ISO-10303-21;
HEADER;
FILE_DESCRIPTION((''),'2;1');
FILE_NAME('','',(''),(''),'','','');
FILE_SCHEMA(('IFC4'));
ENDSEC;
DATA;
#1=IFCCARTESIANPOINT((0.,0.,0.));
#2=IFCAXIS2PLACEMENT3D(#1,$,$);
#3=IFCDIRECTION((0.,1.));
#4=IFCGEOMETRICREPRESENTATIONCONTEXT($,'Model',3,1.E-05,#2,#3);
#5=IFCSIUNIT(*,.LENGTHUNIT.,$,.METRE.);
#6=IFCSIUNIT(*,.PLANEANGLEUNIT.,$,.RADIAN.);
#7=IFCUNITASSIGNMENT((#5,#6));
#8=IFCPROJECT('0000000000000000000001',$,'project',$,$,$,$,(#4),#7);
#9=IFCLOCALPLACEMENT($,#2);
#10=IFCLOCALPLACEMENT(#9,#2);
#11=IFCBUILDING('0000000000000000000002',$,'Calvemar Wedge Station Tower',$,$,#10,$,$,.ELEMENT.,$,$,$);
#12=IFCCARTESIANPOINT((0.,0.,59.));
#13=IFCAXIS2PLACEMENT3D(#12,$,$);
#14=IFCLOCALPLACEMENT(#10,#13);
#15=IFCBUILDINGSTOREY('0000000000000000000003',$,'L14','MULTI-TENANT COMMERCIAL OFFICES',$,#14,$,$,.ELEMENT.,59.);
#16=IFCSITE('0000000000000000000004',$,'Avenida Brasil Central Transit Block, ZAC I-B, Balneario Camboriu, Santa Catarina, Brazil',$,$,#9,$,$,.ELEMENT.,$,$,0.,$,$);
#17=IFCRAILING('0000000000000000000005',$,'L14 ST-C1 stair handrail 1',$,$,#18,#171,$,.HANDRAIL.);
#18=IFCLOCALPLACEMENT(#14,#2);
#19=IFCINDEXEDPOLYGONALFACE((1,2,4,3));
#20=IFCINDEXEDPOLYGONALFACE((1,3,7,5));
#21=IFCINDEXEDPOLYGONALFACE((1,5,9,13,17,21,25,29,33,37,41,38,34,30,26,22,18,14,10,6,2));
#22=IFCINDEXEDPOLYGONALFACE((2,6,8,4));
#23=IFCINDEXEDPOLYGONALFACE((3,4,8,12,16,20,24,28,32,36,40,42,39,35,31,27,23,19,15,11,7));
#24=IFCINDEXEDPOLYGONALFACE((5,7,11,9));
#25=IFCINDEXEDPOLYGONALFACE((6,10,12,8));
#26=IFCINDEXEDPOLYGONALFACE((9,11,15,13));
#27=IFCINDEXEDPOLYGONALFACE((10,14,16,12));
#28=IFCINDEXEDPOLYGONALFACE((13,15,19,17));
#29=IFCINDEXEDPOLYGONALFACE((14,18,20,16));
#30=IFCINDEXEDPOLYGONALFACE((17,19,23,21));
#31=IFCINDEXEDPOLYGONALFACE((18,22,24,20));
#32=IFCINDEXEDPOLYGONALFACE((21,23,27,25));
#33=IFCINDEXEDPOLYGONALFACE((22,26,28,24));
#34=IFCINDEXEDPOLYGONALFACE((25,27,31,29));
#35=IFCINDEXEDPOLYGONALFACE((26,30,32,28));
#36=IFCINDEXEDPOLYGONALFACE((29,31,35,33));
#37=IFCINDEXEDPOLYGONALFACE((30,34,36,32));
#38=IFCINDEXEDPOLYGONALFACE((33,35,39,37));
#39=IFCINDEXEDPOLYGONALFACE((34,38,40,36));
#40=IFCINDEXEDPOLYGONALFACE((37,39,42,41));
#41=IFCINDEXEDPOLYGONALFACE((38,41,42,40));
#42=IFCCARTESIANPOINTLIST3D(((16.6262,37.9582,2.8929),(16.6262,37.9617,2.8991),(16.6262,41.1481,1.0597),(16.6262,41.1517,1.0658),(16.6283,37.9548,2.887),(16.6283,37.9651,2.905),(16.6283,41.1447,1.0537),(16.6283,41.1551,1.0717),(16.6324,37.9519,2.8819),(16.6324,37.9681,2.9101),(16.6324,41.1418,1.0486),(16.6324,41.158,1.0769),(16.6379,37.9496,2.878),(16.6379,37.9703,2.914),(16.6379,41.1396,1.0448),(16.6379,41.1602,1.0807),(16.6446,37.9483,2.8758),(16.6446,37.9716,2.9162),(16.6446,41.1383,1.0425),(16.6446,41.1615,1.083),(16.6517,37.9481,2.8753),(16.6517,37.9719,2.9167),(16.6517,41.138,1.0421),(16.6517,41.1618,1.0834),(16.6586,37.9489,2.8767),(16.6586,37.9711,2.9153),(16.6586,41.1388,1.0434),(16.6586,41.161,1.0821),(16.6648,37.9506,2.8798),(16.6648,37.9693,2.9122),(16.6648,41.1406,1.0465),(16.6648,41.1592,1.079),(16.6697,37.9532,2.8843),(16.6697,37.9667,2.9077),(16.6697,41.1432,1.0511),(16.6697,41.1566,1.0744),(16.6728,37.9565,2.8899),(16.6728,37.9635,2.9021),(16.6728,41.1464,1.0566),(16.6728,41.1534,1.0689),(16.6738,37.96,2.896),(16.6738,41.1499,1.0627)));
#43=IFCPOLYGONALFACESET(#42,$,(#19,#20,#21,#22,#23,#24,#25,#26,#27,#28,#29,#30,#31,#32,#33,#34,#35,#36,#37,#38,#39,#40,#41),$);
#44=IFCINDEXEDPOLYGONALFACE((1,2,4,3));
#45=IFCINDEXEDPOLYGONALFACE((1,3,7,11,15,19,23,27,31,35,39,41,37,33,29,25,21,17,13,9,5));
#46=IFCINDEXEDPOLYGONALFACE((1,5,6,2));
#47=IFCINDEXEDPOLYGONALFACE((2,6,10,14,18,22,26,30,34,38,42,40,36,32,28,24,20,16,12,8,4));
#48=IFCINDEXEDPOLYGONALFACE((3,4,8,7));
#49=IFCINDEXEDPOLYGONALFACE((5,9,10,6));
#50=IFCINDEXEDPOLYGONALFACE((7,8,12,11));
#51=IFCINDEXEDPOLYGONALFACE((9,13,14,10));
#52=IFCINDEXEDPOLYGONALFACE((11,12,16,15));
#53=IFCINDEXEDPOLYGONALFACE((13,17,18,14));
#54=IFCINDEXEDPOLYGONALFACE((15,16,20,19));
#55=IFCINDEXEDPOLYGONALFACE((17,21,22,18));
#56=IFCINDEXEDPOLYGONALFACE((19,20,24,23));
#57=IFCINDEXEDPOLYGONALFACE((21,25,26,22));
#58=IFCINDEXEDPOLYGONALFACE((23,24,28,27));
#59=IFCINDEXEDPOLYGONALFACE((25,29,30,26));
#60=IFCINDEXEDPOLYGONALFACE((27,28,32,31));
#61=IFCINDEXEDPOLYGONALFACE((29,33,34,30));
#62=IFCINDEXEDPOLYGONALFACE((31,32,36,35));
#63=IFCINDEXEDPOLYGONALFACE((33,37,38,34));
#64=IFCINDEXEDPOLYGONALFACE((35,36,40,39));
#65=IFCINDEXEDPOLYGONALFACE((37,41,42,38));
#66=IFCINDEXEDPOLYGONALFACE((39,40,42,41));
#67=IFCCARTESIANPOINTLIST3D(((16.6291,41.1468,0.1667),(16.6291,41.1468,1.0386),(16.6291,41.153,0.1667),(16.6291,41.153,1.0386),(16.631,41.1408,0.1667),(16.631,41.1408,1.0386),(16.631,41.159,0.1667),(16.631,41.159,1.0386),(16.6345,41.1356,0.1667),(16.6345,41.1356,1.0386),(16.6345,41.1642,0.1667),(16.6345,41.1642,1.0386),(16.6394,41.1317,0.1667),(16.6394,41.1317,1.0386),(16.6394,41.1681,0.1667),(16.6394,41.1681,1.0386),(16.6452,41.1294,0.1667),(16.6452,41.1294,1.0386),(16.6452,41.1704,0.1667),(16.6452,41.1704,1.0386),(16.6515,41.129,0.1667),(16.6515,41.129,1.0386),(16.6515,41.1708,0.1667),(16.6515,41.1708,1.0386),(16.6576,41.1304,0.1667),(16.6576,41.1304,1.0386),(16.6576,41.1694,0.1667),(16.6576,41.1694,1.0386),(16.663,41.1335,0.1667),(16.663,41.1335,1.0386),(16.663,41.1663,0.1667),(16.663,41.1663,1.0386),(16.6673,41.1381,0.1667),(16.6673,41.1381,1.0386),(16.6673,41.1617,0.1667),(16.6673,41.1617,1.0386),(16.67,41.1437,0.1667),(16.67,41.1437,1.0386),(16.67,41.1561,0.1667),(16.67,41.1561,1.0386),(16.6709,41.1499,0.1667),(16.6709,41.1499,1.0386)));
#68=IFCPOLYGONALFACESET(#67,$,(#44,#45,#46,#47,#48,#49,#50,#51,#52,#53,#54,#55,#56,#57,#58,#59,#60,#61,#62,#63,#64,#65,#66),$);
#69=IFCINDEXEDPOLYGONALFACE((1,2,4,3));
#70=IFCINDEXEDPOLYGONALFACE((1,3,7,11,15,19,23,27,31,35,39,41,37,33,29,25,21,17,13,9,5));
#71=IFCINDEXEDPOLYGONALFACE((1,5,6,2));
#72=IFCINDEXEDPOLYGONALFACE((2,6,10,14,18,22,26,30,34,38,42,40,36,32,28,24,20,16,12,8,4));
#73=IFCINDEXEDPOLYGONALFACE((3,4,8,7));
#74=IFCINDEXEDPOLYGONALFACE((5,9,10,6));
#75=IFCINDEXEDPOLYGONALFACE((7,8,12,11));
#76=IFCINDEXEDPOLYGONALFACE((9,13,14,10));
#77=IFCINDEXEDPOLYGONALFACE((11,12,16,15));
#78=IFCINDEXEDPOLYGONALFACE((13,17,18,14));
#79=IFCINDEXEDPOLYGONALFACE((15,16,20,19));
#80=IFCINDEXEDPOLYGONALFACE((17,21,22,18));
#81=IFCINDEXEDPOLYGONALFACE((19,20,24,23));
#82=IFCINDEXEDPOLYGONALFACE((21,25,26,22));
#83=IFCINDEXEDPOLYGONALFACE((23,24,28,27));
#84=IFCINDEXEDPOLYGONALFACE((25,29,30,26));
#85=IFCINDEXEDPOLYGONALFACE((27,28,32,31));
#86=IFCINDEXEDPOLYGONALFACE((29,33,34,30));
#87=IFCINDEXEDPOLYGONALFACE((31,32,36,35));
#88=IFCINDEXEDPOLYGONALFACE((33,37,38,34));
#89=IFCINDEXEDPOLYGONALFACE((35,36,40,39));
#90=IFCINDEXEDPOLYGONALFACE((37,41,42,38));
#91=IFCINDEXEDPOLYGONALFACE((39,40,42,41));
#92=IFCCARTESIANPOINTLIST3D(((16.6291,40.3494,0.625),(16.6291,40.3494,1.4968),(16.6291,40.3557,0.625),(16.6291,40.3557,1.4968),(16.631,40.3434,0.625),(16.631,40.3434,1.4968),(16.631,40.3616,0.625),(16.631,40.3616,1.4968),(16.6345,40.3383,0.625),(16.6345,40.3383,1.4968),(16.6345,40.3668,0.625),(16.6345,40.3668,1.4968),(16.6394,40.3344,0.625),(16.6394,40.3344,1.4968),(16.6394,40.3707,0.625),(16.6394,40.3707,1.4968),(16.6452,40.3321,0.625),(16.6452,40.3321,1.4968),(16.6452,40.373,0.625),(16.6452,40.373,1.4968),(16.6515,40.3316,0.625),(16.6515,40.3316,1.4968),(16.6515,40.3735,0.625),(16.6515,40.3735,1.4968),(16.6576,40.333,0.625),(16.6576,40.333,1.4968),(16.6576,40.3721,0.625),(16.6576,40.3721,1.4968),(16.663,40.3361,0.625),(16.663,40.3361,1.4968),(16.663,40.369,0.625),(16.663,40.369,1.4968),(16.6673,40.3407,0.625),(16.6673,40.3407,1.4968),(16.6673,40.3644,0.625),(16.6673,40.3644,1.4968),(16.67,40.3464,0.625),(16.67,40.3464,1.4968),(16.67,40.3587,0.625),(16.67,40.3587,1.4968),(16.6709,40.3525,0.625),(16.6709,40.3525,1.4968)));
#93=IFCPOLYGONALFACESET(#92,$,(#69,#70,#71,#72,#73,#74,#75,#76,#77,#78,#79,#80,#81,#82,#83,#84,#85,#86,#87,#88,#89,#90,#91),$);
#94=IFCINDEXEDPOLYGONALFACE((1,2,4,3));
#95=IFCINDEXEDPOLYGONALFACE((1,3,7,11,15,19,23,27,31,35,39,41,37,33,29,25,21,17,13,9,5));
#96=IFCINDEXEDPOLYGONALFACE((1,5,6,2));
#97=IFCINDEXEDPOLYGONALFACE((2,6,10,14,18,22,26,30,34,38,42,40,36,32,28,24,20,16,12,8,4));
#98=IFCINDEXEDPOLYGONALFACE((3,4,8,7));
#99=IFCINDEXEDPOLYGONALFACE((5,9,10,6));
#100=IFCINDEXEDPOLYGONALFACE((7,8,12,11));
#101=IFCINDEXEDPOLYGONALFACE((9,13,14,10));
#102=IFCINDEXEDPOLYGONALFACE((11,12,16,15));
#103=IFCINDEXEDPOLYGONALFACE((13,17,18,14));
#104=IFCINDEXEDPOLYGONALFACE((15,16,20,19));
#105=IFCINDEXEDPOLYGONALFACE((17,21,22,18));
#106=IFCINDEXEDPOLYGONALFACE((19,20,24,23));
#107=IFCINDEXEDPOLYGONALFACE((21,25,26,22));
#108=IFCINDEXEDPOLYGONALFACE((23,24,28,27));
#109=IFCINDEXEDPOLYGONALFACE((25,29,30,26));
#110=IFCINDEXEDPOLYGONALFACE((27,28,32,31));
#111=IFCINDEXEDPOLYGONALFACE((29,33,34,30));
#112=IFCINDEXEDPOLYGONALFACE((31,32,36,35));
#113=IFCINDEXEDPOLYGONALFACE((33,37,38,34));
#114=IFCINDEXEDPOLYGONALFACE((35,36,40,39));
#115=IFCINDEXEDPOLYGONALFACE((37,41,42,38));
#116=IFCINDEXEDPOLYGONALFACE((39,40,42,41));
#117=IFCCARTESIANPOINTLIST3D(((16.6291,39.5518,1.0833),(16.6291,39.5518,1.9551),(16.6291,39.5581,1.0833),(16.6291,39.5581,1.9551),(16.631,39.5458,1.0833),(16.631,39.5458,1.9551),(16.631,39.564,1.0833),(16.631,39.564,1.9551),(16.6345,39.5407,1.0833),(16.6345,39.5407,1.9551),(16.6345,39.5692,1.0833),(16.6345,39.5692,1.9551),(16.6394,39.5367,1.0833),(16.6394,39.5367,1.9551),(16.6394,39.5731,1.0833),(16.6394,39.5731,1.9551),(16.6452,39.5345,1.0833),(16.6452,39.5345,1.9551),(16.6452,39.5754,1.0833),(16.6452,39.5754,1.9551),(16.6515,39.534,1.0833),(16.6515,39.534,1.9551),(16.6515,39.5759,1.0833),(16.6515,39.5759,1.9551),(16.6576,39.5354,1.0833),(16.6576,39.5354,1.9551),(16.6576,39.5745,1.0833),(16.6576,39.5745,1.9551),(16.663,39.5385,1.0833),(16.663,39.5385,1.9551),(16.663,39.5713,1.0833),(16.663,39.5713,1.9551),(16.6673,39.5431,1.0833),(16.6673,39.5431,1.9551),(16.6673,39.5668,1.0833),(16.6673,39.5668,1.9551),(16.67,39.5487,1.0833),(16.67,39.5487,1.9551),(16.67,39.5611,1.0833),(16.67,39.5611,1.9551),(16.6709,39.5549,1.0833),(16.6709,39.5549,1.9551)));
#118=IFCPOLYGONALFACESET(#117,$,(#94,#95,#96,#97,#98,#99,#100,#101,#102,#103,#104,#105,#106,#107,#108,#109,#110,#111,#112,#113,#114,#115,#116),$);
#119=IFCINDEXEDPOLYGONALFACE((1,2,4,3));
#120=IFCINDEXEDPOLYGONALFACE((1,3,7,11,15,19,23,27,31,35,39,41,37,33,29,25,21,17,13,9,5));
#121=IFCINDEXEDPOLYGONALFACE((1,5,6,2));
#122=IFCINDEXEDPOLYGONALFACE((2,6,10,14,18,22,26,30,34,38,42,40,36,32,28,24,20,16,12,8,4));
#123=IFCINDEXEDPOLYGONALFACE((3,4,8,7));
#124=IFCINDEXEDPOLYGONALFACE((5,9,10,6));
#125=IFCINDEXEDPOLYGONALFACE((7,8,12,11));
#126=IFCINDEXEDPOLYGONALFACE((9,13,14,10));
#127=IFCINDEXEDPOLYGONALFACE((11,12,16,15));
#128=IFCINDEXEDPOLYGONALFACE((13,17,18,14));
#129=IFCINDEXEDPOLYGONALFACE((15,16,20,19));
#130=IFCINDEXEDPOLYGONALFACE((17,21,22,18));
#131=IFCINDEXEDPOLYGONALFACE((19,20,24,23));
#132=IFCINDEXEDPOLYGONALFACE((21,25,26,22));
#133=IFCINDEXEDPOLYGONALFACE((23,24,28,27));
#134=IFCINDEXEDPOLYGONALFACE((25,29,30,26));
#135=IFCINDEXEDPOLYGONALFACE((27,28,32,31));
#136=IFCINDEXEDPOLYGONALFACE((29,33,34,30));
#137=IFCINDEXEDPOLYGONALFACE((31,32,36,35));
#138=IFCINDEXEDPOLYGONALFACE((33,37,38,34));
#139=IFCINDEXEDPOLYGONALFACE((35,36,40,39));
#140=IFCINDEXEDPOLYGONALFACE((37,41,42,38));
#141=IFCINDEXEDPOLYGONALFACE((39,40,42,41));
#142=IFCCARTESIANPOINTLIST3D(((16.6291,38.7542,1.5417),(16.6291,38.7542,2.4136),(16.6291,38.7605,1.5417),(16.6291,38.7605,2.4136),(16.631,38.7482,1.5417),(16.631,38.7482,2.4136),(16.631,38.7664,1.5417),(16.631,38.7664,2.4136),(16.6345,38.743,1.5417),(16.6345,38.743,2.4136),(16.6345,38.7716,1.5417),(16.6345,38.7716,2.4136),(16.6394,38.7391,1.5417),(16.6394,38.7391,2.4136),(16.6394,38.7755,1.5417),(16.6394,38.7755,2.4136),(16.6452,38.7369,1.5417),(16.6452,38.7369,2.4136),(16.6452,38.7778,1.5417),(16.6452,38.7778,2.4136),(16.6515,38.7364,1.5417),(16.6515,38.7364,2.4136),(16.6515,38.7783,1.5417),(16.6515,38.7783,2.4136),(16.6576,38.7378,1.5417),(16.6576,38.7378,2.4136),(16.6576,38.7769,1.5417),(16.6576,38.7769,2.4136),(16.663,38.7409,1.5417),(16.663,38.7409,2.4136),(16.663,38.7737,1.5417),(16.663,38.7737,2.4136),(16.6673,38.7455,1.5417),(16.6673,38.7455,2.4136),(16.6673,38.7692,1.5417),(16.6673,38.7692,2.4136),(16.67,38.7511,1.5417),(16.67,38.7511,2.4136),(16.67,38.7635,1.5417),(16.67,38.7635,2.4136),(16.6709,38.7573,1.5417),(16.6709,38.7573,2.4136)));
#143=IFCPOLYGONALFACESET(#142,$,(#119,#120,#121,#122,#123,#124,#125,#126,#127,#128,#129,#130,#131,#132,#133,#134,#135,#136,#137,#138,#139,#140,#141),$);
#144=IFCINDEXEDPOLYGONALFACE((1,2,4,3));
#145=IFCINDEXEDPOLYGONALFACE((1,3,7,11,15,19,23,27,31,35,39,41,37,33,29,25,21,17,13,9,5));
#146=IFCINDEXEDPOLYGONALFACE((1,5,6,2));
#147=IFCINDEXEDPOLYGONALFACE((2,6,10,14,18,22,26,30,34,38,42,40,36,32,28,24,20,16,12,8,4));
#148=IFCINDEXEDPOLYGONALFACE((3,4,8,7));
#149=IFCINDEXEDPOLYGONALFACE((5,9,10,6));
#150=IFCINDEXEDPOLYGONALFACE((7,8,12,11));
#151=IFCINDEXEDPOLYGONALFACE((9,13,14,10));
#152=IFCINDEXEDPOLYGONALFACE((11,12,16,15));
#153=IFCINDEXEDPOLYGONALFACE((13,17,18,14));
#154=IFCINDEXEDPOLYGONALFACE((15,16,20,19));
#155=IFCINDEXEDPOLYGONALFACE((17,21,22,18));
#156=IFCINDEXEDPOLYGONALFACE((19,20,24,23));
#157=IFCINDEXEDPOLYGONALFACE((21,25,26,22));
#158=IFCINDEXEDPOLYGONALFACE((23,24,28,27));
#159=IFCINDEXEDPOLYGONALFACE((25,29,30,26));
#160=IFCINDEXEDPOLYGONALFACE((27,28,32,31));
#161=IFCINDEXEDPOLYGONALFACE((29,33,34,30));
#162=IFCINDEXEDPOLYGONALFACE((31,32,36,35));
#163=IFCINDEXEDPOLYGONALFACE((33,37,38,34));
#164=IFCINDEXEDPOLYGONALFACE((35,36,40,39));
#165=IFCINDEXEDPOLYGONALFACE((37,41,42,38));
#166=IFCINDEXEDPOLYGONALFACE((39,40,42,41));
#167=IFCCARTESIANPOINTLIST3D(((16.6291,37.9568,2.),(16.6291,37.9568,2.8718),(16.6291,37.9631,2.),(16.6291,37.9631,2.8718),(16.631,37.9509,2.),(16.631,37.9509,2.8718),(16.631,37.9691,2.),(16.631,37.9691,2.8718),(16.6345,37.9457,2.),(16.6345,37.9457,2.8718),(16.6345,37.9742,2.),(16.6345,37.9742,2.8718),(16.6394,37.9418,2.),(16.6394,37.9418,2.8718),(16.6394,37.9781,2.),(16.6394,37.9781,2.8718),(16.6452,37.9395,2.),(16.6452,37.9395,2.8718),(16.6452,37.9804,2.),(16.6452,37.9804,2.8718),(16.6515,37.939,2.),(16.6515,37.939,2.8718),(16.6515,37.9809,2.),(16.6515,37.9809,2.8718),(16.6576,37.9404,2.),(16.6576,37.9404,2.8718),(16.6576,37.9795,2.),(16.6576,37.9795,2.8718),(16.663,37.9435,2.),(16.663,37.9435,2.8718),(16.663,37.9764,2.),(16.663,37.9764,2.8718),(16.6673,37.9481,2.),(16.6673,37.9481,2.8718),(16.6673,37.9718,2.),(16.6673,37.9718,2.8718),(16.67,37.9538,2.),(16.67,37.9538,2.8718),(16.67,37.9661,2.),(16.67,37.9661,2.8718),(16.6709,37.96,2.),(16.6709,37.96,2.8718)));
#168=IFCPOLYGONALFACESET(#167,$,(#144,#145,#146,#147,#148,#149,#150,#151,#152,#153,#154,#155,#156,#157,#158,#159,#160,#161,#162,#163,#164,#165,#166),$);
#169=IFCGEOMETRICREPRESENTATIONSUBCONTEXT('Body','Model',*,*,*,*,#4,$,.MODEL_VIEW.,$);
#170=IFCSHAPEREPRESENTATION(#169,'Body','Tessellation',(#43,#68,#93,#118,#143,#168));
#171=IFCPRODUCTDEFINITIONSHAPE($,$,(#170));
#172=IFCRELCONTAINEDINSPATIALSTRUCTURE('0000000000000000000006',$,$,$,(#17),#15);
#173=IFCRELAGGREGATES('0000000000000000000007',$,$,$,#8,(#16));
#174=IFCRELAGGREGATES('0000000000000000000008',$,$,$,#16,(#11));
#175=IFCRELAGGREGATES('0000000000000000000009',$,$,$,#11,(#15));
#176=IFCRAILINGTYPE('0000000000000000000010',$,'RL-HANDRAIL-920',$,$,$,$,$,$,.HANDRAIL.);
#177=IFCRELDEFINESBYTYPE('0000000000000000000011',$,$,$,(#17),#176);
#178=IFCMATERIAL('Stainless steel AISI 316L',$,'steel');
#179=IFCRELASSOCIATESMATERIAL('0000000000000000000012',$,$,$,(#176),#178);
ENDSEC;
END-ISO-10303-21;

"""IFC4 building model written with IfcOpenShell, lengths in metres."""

from ifc_helpers import new_model, si_unit, direction, frame, origin, origin_2d, place, context, subcontext, project, spatial, circle, extrude, material, type_object, element, save


model = new_model("IFC4")

# Units and contexts
model_context = context("Model", 3, precision=1e-05, world=origin(), true_north=direction((0.0, 1.0)))
body_context = subcontext(model_context, "Body", "Model", "MODEL_VIEW")
ifc_project = project(units=[si_unit("LENGTHUNIT", "METRE"), si_unit("PLANEANGLEUNIT", "RADIAN")], contexts=[model_context])

# Site, building, storey
site_placement = place(None, origin())
site = spatial("IfcSite", under=ifc_project, at=site_placement, Name="Avenida Brasil Central Transit Block, ZAC I-B, Balneario Camboriu, Santa Catarina, Brazil", CompositionType="ELEMENT", RefElevation=0.0)
building_placement = place(site_placement, origin())
building = spatial("IfcBuilding", under=site, at=building_placement, Name="Calvemar Wedge Station Tower", CompositionType="ELEMENT")
storey_placement = place(building_placement, frame((0.0, 0.0, 59.0)))
storey = spatial("IfcBuildingStorey", under=building, at=storey_placement, Name="L14", Description="MULTI-TENANT COMMERCIAL OFFICES", CompositionType="ELEMENT", Elevation=59.0)

# Railing
ifc_material_1 = material(Name="Stainless steel AISI 316L", Category="steel")
railing_type_1 = type_object("IfcRailingType", Name="RL-HANDRAIL-920", PredefinedType="HANDRAIL", material=ifc_material_1)
railing_1_placement = place(storey_placement, frame((16.6499, 41.1499, 0.1667)))
element("IfcRailing", 1, at=railing_1_placement, inside=storey, type_object=railing_type_1, Name="L14 ST-C1 stair handrail 1", PredefinedType="HANDRAIL", context=body_context, shape_type="SweptSolid", body=[
    extrude(circle(Radius=0.0239, at=origin_2d()), frame((0.0, 0.0, 0.896), z_axis=(0.0, -0.86702, 0.498274), x_axis=(1.0, 0.0, 0.0)), (0.0, 0.0, 1.0), 3.6792),
    extrude(circle(Radius=0.021, at=origin_2d()), origin(), (0.0, 0.0, 1.0), 0.8718),
    extrude(circle(Radius=0.021, at=origin_2d()), frame((0.0, -0.7974, 0.4583)), (0.0, 0.0, 1.0), 0.8718),
    extrude(circle(Radius=0.021, at=origin_2d()), frame((0.0, -1.595, 0.9165)), (0.0, 0.0, 1.0), 0.8718),
    extrude(circle(Radius=0.021, at=origin_2d()), frame((0.0, -2.3926, 1.375)), (0.0, 0.0, 1.0), 0.8718),
    extrude(circle(Radius=0.021, at=origin_2d()), frame((0.0, -3.1899, 1.8333)), (0.0, 0.0, 1.0), 0.8718),
])

save(model, "model.ifc")
